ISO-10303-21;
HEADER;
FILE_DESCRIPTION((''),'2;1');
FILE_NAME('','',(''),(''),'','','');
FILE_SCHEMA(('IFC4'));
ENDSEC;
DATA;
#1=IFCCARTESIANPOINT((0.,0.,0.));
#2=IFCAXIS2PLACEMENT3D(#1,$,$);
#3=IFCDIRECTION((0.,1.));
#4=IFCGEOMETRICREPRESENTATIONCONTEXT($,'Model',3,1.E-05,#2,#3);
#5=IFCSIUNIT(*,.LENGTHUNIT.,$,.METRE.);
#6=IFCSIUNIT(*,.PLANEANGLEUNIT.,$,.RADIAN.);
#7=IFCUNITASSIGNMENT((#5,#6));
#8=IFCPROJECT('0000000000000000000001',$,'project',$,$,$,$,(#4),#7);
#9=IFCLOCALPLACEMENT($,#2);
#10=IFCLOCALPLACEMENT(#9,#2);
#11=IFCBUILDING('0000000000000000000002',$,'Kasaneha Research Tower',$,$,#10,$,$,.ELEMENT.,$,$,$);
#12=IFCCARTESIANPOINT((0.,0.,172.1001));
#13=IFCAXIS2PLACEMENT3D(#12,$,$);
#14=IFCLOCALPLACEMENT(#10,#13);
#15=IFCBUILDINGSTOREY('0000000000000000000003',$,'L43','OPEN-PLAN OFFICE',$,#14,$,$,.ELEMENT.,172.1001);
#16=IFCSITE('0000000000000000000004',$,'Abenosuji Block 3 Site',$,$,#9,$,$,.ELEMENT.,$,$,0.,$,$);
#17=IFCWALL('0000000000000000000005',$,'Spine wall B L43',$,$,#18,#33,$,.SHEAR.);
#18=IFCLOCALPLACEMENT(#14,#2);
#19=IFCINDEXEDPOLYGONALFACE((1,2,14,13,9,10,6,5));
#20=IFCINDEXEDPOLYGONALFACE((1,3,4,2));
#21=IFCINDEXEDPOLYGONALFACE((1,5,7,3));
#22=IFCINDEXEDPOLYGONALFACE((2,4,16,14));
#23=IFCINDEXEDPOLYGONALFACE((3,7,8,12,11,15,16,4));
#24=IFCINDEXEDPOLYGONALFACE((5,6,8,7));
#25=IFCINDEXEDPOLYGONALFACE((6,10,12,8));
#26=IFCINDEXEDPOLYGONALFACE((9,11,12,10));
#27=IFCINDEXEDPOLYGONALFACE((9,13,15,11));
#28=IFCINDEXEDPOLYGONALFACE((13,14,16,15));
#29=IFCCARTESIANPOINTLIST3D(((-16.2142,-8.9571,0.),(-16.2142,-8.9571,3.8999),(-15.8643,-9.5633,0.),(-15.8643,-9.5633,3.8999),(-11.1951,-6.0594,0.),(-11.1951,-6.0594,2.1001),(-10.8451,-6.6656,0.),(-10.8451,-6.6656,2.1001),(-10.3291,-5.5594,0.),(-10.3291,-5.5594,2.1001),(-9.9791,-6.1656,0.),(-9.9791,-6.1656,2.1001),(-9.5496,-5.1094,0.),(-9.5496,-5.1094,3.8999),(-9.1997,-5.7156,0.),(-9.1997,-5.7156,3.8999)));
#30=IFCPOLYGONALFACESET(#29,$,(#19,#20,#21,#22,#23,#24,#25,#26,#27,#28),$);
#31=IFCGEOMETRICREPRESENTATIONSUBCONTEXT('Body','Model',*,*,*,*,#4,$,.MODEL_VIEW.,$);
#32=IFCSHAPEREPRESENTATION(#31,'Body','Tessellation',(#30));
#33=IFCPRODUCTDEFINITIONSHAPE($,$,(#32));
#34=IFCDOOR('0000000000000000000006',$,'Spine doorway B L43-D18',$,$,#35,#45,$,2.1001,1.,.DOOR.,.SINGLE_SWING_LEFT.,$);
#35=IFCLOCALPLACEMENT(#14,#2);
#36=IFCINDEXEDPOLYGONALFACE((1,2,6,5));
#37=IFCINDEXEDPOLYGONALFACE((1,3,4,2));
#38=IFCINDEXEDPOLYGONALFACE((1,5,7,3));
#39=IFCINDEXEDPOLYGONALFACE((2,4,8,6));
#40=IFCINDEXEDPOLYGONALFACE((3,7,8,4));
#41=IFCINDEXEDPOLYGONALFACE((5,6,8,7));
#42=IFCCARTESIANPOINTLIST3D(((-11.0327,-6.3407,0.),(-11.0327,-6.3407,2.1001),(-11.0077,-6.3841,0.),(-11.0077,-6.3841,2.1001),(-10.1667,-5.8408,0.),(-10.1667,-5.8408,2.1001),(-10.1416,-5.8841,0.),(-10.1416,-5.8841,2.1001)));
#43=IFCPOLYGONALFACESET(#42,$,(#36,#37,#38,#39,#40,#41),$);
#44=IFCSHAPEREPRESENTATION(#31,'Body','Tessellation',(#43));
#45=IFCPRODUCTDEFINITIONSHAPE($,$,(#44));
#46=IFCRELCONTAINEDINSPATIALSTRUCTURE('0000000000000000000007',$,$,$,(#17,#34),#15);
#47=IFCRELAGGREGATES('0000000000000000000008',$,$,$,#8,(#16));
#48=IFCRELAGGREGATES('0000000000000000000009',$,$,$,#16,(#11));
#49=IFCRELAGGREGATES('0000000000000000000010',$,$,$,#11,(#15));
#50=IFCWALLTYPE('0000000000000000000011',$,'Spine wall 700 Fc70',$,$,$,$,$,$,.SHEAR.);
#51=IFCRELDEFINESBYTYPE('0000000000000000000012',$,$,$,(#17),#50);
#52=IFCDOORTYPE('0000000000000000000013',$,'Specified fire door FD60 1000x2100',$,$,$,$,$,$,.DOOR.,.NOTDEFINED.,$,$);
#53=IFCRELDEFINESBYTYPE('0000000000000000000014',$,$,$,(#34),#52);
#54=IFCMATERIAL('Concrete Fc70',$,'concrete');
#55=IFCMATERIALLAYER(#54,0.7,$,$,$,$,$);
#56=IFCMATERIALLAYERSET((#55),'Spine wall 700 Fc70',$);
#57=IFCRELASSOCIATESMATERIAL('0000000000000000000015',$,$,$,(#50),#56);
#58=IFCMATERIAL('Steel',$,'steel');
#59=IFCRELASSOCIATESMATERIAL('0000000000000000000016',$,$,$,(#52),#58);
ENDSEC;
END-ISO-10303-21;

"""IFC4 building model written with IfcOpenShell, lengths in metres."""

from ifc_helpers import new_model, si_unit, direction, frame, frame_2d, origin, place, context, subcontext, project, spatial, rectangle, extrude, material, layer, layer_set, type_object, element, fill, save


model = new_model("IFC4")

# Units and contexts
model_context = context("Model", 3, precision=1e-05, world=origin(), true_north=direction((0.0, 1.0)))
body_context = subcontext(model_context, "Body", "Model", "MODEL_VIEW")
ifc_project = project(units=[si_unit("LENGTHUNIT", "METRE"), si_unit("PLANEANGLEUNIT", "RADIAN")], contexts=[model_context])

# Site, building, storey
site_placement = place(None, origin())
site = spatial("IfcSite", under=ifc_project, at=site_placement, Name="Abenosuji Block 3 Site", CompositionType="ELEMENT", RefElevation=0.0)
building_placement = place(site_placement, origin())
building = spatial("IfcBuilding", under=site, at=building_placement, Name="Kasaneha Research Tower", CompositionType="ELEMENT")
storey_placement = place(building_placement, frame((0.0, 0.0, 172.1001)))
storey = spatial("IfcBuildingStorey", under=building, at=storey_placement, Name="L43", Description="OPEN-PLAN OFFICE", CompositionType="ELEMENT", Elevation=172.1001)

# Wall, opening, door
ifc_material_1 = material(Name="Concrete Fc70", Category="concrete")
ifc_layer_1 = layer(ifc_material_1, 0.7)
ifc_layer_set_1 = layer_set([ifc_layer_1], Name="Spine wall 700 Fc70")
wall_type_1 = type_object("IfcWallType", Name="Spine wall 700 Fc70", PredefinedType="SHEAR", material=ifc_layer_set_1)
wall_1_placement = place(storey_placement, frame((-9.3748, -5.4126, 0.0), z_axis=(0.0, 0.0, 1.0), x_axis=(-0.866032, -0.499988, 0.0)))
wall_1 = element("IfcWall", 1, at=wall_1_placement, inside=storey, type_object=wall_type_1, Name="Spine wall B L43", PredefinedType="SHEAR", context=body_context, shape_type="SweptSolid", body=[
    extrude(rectangle(XDim=7.6956, YDim=0.7, at=frame_2d((3.8477, 0.0))), origin(), (0.0, 0.0, 1.0), 3.8999),
])
opening_1_placement = place(wall_1_placement, frame((0.8999, 0.0, 0.0)))
opening_1 = element("IfcOpeningElement", 2, at=opening_1_placement, cuts=wall_1, PredefinedType="OPENING", context=body_context, shape_type="SweptSolid", body=[
    extrude(rectangle(XDim=1.0, YDim=2.1001, at=frame_2d((0.5, 1.05))), frame((0.0, 0.3599, 0.0), z_axis=(0.0, -1.0, 0.0), x_axis=(1.0, 0.0, 0.0)), (0.0, 0.0, 1.0), 0.72),
])
ifc_material_2 = material(Name="Steel", Category="steel")
door_type_1 = type_object("IfcDoorType", Name="Specified fire door FD60 1000x2100", OperationType="NOTDEFINED", PredefinedType="DOOR", material=ifc_material_2)
door_1_placement = place(opening_1_placement, origin())
door_1 = element("IfcDoor", 3, at=door_1_placement, inside=storey, type_object=door_type_1, Name="Spine doorway B L43-D18", OperationType="SINGLE_SWING_LEFT", OverallHeight=2.1001, OverallWidth=1.0, PredefinedType="DOOR", context=body_context, shape_type="SweptSolid", body=[
    extrude(rectangle(XDim=1.0, YDim=2.1001, at=frame_2d((0.5, 1.05))), frame((0.0, 0.0249, 0.0), z_axis=(0.0, -1.0, 0.0), x_axis=(1.0, 0.0, 0.0)), (0.0, 0.0, 1.0), 0.05),
])
fill(opening_1, door_1)

save(model, "model.ifc")
